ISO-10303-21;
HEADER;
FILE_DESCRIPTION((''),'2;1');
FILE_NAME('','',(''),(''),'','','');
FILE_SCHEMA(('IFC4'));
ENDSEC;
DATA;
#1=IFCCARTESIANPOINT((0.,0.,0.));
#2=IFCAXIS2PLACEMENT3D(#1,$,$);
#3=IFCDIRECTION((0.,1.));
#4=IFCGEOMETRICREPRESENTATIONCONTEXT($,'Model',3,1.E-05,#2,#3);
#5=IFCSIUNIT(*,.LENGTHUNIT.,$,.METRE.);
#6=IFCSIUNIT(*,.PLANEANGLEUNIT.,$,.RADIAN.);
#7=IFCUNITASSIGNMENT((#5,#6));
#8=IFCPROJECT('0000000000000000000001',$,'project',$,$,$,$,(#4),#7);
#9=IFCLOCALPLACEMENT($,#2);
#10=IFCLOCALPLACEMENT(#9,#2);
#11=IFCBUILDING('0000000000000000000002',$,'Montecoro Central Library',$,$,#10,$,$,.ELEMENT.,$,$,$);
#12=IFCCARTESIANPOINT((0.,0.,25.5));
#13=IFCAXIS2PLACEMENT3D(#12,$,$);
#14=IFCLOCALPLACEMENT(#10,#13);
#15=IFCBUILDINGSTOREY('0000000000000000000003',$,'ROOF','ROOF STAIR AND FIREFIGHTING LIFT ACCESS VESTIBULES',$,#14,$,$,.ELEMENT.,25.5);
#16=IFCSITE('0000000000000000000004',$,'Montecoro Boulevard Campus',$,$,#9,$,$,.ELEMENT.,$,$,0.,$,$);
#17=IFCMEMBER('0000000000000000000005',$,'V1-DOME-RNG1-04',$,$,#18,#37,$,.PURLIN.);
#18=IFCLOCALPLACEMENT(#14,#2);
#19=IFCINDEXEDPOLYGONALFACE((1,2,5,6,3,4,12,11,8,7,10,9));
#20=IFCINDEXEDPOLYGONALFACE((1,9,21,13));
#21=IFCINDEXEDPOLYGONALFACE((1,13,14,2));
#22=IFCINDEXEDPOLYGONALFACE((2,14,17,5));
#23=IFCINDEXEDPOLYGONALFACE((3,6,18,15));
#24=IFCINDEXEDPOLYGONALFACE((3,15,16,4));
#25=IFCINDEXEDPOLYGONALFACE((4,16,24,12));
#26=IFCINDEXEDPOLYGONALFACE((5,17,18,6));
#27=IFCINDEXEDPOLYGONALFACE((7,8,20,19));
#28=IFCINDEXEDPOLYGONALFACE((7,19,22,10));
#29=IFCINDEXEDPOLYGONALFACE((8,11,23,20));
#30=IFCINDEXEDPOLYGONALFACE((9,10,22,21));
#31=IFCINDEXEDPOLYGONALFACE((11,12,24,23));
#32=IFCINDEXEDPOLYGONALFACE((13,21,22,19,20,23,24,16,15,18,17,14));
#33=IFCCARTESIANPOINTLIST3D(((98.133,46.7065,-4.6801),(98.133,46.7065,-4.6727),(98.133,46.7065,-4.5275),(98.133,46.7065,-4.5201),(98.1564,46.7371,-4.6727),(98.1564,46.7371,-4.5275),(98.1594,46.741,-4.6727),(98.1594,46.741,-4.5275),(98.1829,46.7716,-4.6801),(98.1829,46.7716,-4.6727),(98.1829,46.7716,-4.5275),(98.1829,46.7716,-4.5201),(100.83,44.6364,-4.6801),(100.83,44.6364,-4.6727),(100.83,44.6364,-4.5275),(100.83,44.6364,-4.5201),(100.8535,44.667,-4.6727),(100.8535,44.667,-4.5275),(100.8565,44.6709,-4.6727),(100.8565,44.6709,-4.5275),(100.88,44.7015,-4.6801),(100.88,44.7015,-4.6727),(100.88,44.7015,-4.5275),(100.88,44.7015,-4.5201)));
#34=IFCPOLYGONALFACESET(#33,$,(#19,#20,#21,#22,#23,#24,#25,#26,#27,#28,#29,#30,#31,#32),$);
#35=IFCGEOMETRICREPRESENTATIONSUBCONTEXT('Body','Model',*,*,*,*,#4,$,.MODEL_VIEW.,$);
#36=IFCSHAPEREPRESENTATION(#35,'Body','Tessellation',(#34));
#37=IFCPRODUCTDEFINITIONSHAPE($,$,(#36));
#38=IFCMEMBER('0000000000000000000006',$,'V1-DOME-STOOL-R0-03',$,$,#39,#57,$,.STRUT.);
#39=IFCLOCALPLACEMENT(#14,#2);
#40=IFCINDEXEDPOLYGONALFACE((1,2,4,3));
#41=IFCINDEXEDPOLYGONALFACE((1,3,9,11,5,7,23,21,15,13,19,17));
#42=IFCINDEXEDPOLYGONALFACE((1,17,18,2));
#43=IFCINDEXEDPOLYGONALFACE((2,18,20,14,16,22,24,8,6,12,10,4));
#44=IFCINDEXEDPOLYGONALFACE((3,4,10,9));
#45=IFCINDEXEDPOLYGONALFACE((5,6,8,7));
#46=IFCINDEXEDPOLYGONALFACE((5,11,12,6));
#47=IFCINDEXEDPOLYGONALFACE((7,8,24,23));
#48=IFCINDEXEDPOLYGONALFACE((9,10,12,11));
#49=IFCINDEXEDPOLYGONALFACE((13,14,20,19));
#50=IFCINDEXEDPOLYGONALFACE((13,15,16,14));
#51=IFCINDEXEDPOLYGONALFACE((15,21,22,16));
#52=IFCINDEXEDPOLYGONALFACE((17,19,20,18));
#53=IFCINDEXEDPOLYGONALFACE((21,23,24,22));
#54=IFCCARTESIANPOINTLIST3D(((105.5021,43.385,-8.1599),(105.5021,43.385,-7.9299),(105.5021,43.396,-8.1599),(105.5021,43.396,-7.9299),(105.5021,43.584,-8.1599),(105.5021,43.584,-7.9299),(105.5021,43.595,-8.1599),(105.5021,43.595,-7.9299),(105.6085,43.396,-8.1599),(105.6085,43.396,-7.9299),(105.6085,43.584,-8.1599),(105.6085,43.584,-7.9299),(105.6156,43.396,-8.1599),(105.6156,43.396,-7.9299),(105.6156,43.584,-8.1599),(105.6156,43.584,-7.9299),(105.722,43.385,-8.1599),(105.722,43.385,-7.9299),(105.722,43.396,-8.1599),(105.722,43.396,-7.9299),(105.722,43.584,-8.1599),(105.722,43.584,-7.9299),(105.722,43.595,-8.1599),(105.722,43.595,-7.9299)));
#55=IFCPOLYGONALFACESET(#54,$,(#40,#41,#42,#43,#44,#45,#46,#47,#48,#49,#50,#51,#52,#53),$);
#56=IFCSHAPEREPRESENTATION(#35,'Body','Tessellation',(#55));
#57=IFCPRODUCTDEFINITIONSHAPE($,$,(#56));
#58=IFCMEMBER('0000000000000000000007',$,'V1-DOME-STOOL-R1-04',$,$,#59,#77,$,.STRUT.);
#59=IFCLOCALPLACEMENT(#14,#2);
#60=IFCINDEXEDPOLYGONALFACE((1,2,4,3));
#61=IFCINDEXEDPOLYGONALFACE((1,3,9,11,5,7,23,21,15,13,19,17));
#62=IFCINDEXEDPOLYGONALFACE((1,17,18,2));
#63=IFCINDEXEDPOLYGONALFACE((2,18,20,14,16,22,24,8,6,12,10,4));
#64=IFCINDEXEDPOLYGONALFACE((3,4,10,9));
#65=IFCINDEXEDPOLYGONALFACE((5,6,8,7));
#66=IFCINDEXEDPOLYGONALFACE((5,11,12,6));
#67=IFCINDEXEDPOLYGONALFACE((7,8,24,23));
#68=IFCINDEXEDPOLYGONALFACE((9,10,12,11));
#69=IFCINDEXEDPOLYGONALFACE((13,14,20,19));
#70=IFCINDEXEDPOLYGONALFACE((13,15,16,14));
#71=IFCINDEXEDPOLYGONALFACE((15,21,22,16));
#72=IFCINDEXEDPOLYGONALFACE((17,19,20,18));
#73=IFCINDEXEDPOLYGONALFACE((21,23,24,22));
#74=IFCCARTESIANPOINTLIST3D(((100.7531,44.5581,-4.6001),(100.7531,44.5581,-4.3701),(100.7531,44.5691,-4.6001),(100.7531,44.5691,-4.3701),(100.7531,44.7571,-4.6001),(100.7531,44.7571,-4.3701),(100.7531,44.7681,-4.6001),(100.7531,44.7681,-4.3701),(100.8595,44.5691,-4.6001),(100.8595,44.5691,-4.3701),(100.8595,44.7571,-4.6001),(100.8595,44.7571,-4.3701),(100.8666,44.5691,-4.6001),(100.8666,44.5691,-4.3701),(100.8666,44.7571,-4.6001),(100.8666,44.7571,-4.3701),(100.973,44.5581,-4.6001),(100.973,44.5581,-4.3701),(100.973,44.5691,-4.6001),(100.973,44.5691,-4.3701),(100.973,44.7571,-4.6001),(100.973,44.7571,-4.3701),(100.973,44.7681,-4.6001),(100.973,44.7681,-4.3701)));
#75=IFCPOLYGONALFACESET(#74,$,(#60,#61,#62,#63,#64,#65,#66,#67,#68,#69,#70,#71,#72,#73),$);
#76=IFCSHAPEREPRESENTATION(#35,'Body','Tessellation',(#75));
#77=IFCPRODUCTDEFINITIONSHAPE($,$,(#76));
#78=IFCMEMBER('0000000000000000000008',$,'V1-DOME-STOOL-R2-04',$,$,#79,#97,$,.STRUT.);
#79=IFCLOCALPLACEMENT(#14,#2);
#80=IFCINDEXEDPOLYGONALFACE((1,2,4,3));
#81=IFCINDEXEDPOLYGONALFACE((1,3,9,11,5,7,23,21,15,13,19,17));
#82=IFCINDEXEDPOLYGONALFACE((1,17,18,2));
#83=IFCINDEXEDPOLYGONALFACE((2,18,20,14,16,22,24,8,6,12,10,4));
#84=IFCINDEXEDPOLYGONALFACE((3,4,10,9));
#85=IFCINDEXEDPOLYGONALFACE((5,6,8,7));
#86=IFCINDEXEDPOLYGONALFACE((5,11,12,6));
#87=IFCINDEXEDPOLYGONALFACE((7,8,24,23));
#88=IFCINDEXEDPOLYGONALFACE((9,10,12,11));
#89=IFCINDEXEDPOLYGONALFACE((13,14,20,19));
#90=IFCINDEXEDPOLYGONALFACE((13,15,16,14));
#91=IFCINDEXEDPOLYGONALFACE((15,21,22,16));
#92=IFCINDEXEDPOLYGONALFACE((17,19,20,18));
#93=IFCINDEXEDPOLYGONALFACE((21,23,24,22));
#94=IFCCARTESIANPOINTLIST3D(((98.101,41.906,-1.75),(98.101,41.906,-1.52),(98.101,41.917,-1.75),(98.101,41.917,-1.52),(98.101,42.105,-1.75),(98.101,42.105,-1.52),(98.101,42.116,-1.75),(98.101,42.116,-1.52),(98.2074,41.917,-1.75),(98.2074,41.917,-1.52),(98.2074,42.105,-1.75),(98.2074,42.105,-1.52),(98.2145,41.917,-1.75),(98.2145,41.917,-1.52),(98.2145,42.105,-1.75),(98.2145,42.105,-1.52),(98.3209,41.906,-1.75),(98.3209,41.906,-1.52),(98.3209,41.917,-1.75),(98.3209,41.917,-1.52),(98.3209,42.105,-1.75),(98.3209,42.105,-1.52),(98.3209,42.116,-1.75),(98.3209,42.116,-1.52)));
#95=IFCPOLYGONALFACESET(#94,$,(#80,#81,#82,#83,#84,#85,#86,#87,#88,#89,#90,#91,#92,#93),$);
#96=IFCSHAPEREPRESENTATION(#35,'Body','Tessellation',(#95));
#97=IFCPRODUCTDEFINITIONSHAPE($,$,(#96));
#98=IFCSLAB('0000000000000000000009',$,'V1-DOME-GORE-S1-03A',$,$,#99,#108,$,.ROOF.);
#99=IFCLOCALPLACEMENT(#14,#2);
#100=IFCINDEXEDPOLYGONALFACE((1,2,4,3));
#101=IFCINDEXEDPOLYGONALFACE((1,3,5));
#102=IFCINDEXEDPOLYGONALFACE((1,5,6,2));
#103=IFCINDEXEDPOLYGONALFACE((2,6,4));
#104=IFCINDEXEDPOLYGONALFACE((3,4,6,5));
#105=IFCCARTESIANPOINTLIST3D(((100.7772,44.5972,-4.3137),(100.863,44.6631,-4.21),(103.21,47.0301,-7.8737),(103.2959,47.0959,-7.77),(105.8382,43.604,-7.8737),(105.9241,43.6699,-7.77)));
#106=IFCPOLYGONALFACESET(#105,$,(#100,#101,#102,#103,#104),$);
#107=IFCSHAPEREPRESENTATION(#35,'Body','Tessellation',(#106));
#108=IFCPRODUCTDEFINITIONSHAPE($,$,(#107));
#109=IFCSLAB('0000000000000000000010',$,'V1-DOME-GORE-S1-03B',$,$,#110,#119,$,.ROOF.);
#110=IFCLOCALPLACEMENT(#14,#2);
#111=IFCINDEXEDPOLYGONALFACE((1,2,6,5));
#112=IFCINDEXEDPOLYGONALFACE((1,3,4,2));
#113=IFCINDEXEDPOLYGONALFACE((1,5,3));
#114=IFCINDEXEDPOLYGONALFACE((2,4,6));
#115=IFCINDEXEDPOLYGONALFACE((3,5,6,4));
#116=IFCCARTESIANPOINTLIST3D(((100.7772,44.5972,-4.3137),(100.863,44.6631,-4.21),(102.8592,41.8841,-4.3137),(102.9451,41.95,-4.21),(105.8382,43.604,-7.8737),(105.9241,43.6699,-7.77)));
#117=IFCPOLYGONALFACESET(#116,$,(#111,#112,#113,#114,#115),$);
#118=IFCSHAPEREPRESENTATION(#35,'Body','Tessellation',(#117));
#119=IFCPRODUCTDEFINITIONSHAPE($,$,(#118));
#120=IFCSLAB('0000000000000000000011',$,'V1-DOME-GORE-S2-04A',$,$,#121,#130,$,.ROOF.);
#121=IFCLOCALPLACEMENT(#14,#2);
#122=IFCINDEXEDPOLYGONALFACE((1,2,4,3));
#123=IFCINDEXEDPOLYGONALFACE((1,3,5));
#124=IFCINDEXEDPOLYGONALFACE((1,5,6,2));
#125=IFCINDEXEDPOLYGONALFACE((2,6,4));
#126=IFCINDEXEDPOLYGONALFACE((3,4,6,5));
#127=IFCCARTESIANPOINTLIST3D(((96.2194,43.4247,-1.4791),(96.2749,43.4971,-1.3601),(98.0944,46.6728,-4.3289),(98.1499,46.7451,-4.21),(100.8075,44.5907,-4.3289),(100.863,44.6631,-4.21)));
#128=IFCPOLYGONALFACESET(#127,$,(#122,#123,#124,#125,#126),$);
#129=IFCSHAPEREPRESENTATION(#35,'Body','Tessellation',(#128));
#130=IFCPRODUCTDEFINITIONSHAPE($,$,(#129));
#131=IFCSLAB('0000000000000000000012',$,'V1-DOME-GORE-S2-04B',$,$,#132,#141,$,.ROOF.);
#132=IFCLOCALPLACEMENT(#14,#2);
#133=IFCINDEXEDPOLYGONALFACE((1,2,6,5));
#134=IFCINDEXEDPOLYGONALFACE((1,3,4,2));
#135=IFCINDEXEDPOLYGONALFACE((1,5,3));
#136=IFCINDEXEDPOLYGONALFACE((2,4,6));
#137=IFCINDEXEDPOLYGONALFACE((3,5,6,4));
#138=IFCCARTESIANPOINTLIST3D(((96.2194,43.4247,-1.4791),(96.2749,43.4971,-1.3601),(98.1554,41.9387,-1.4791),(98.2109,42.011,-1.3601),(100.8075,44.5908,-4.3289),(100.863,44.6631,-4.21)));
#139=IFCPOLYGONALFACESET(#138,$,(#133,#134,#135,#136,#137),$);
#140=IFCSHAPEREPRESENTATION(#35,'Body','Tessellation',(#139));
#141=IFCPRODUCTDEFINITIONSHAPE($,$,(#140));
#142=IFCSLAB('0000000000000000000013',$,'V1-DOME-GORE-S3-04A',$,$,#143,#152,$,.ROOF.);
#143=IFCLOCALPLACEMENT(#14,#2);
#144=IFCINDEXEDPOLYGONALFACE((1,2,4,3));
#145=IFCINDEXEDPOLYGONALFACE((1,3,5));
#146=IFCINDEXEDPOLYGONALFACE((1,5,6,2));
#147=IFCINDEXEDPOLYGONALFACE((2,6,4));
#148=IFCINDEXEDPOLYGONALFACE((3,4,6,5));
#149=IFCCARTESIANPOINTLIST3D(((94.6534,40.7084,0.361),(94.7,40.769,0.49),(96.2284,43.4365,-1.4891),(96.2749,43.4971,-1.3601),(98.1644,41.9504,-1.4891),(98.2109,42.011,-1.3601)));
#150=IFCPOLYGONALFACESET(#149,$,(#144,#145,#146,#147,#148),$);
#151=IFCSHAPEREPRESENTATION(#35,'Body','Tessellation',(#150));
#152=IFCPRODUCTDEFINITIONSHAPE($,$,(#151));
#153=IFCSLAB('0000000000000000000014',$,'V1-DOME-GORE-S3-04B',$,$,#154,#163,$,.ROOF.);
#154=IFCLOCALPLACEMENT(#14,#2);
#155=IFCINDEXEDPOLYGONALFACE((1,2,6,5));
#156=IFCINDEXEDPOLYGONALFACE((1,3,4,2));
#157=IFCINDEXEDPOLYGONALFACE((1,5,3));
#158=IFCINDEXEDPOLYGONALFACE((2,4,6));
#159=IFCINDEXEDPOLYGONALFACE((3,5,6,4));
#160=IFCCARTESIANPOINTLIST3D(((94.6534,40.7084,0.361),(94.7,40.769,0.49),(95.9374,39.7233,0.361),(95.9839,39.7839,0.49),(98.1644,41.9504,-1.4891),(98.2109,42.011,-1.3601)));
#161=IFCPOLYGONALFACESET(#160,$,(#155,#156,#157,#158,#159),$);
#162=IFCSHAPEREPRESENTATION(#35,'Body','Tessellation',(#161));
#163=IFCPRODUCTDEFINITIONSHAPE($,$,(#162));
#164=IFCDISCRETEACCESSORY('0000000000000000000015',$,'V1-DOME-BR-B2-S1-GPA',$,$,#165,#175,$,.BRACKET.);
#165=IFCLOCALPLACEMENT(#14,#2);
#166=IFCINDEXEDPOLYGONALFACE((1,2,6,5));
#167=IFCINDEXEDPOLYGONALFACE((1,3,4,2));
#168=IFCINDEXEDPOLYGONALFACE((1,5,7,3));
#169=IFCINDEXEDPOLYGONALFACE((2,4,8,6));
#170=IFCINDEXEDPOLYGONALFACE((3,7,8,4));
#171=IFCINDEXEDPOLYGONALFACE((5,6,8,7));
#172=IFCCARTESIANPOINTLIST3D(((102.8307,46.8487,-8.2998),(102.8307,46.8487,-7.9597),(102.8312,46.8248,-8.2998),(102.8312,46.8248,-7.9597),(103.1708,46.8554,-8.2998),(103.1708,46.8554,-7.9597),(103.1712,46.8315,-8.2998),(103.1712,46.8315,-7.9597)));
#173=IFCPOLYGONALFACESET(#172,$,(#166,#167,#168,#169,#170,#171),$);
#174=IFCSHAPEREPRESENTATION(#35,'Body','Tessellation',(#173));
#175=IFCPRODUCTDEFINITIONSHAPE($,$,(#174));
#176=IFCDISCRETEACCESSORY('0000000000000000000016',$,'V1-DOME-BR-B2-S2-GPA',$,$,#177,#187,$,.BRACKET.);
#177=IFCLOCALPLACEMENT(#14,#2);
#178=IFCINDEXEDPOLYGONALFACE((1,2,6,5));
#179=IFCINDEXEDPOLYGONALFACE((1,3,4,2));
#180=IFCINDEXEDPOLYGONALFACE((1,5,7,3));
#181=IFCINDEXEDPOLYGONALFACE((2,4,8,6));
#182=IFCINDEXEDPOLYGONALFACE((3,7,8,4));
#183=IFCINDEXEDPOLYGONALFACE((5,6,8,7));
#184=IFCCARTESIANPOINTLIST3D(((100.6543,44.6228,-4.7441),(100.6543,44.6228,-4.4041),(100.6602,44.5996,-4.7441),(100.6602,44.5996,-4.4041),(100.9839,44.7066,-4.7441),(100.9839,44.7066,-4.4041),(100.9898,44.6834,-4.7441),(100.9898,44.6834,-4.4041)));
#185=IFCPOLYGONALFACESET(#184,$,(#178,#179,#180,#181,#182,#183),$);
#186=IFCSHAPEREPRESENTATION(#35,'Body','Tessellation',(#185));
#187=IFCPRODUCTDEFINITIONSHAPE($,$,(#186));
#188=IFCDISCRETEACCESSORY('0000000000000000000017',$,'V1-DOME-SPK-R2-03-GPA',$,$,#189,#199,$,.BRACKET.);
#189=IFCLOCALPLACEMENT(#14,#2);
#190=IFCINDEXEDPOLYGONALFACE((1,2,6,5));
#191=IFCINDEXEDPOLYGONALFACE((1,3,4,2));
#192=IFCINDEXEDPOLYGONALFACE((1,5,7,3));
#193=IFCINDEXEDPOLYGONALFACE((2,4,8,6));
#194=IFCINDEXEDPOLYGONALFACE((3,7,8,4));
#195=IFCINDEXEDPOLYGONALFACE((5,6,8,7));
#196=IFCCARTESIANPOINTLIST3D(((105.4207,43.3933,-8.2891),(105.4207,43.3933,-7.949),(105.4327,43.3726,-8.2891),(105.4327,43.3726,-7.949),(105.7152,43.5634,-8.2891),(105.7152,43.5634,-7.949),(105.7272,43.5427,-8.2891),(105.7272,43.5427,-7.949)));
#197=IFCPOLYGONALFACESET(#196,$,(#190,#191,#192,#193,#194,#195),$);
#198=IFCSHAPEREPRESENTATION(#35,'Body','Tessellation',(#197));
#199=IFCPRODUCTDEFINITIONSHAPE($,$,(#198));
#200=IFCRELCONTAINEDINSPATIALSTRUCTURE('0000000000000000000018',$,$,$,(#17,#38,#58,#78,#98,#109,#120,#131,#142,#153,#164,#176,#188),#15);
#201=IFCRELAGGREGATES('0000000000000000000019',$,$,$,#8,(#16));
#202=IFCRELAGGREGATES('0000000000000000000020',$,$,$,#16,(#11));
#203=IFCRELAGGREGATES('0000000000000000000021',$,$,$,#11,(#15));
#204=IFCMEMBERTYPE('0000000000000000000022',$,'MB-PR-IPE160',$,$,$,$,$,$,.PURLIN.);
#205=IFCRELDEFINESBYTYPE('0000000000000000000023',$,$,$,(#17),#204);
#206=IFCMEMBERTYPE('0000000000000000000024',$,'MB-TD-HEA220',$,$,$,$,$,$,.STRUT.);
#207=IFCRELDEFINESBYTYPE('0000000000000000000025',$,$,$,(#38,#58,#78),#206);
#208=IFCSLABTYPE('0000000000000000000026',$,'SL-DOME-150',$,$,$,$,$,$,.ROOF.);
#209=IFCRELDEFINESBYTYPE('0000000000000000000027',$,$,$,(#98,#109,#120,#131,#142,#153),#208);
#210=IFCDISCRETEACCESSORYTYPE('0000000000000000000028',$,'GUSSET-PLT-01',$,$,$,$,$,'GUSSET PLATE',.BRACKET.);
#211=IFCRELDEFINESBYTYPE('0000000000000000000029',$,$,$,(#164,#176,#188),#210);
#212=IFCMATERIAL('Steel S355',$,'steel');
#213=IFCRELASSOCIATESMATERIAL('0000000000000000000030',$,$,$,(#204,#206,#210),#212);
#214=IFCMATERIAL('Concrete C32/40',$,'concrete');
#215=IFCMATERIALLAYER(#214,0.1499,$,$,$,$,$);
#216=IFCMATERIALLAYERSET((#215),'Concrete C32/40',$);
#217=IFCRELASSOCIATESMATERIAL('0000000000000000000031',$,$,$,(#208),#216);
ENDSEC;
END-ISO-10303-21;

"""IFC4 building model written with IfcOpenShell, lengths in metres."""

from ifc_helpers import new_model, si_unit, direction, frame, origin, origin_2d, place, context, subcontext, project, spatial, polyline, rectangle, i_section, outline, extrude, material, layer, layer_set, material_profile, profile_set, type_object, element, save


model = new_model("IFC4")

# Units and contexts
model_context = context("Model", 3, precision=1e-05, world=origin(), true_north=direction((0.0, 1.0)))
body_context = subcontext(model_context, "Body", "Model", "MODEL_VIEW")
ifc_project = project(units=[si_unit("LENGTHUNIT", "METRE"), si_unit("PLANEANGLEUNIT", "RADIAN")], contexts=[model_context])

# Site, building, storey
site_placement = place(None, origin())
site = spatial("IfcSite", under=ifc_project, at=site_placement, Name="Montecoro Boulevard Campus", CompositionType="ELEMENT", RefElevation=0.0)
building_placement = place(site_placement, origin())
building = spatial("IfcBuilding", under=site, at=building_placement, Name="Montecoro Central Library", CompositionType="ELEMENT")
storey_placement = place(building_placement, frame((0.0, 0.0, 25.5)))
storey = spatial("IfcBuildingStorey", under=building, at=storey_placement, Name="ROOF", Description="ROOF STAIR AND FIREFIGHTING LIFT ACCESS VESTIBULES", CompositionType="ELEMENT", Elevation=25.5)

# Members
ifc_material_1 = material(Name="Steel S355", Category="steel")
ifc_material_profile_1 = material_profile(ifc_material_1, i_section(OverallWidth=0.082, OverallDepth=0.1599, WebThickness=0.0049, FlangeThickness=0.0073, at=origin_2d()), Name="IPE 160")
ifc_profile_set_1 = profile_set([ifc_material_profile_1], Name="Steel S355")
member_type_1 = type_object("IfcMemberType", Name="MB-PR-IPE160", PredefinedType="PURLIN", material=ifc_profile_set_1)
for number, where, z_axis, x_axis, name in (
    (1, (100.855, 44.6689, -4.6001), (-0.793272, 0.608867, 0.0), (-0.608867, -0.793272, 0.0), "V1-DOME-RNG1-04"),
):
    element("IfcMember", number, at=place(storey_placement, frame(where, z_axis=z_axis, x_axis=x_axis)), inside=storey, type_object=member_type_1, Name=name, PredefinedType="PURLIN", context=body_context, shape_type="SweptSolid", body=[
        extrude(i_section(OverallWidth=0.082, OverallDepth=0.1599, WebThickness=0.0049, FlangeThickness=0.0073, at=origin_2d()), origin(), (0.0, 0.0, 1.0), 3.3999),
    ])
ifc_material_profile_2 = material_profile(ifc_material_1, i_section(OverallWidth=0.22, OverallDepth=0.21, WebThickness=0.0071, FlangeThickness=0.011, at=origin_2d()), Name="HEA 220")
ifc_profile_set_2 = profile_set([ifc_material_profile_2], Name="Steel S355")
member_type_2 = type_object("IfcMemberType", Name="MB-TD-HEA220", PredefinedType="STRUT", material=ifc_profile_set_2)
for number, where, z_axis, x_axis, name in (
    (2, (105.6121, 43.49, -8.1599), (0.0, 0.0, 1.0), (1.0, 0.0, 0.0), "V1-DOME-STOOL-R0-03"),
    (3, (100.863, 44.6631, -4.6001), (0.0, 0.0, 1.0), (1.0, 0.0, 0.0), "V1-DOME-STOOL-R1-04"),
    (4, (98.2109, 42.011, -1.75), (0.0, 0.0, 1.0), (1.0, 0.0, 0.0), "V1-DOME-STOOL-R2-04"),
):
    element("IfcMember", number, at=place(storey_placement, frame(where, z_axis=z_axis, x_axis=x_axis)), inside=storey, type_object=member_type_2, Name=name, PredefinedType="STRUT", context=body_context, shape_type="SweptSolid", body=[
        extrude(i_section(OverallWidth=0.22, OverallDepth=0.21, WebThickness=0.0071, FlangeThickness=0.011, at=origin_2d()), origin(), (0.0, 0.0, 1.0), 0.23),
    ])

# Slabs
ifc_material_2 = material(Name="Concrete C32/40", Category="concrete")
ifc_layer = layer(ifc_material_2, 0.1499)
ifc_layer_set = layer_set([ifc_layer], Name="Concrete C32/40")
slab_type = type_object("IfcSlabType", Name="SL-DOME-150", PredefinedType="ROOF", material=ifc_layer_set)
slab_1_placement = place(storey_placement, frame((105.9241, 43.6699, -7.77), z_axis=(0.5729, 0.439483, 0.691839), x_axis=(-0.608658, 0.793433, 0.0)))
element("IfcSlab", 5, at=slab_1_placement, inside=storey, type_object=slab_type, Name="V1-DOME-GORE-S1-03A", PredefinedType="ROOF", context=body_context, shape_type="SweptSolid", body=[
    extrude(outline(polyline([(0.0, 0.0), (4.318, 0.0), (3.8684, 4.9305), (0.0, 0.0)])), origin(), (0.0, 0.0, -1.0), 0.1499),
])
slab_2_placement = place(storey_placement, frame((105.9241, 43.6699, -7.77), z_axis=(0.572878, 0.43962, 0.691769), x_axis=(-0.807577, 0.158477, 0.56807)))
element("IfcSlab", 6, at=slab_2_placement, inside=storey, type_object=slab_type, Name="V1-DOME-GORE-S1-03B", PredefinedType="ROOF", context=body_context, shape_type="SweptSolid", body=[
    extrude(outline(polyline([(0.0, 0.0), (6.2669, 0.0), (4.1556, 2.6904), (0.0, 0.0)])), origin(), (0.0, 0.0, -1.0), 0.1499),
])
slab_3_placement = place(storey_placement, frame((100.863, 44.6631, -4.21), z_axis=(0.370342, 0.4826, 0.79369), x_axis=(-0.793329, 0.608793, 0.0)))
element("IfcSlab", 7, at=slab_3_placement, inside=storey, type_object=slab_type, Name="V1-DOME-GORE-S2-04A", PredefinedType="ROOF", context=body_context, shape_type="SweptSolid", body=[
    extrude(outline(polyline([(0.0, 0.0), (3.4199, 0.0), (2.93, 4.6848), (0.0, 0.0)])), origin(), (0.0, 0.0, -1.0), 0.1499),
])
slab_4_placement = place(storey_placement, frame((100.863, 44.6631, -4.21), z_axis=(0.37038, 0.482523, 0.793719), x_axis=(-0.830342, -0.211021, 0.515755)))
element("IfcSlab", 8, at=slab_4_placement, inside=storey, type_object=slab_type, Name="V1-DOME-GORE-S2-04B", PredefinedType="ROOF", context=body_context, shape_type="SweptSolid", body=[
    extrude(outline(polyline([(0.0, 0.0), (5.5256, 0.0), (4.2316, 2.0694), (0.0, 0.0)])), origin(), (0.0, 0.0, -1.0), 0.1499),
])
slab_5_placement = place(storey_placement, frame((98.2109, 42.011, -1.3601), z_axis=(0.310345, 0.404311, 0.86036), x_axis=(-0.793252, 0.608893, 0.0)))
element("IfcSlab", 9, at=slab_5_placement, inside=storey, type_object=slab_type, Name="V1-DOME-GORE-S3-04A", PredefinedType="ROOF", context=body_context, shape_type="SweptSolid", body=[
    extrude(outline(polyline([(0.0, 0.0), (2.4406, 0.0), (2.0289, 3.6299), (0.0, 0.0)])), origin(), (0.0, 0.0, -1.0), 0.1499),
])
slab_6_placement = place(storey_placement, frame((98.2109, 42.011, -1.3601), z_axis=(0.310292, 0.404417, 0.860329), x_axis=(-0.844311, -0.298659, 0.444906)))
element("IfcSlab", 10, at=slab_6_placement, inside=storey, type_object=slab_type, Name="V1-DOME-GORE-S3-04B", PredefinedType="ROOF", context=body_context, shape_type="SweptSolid", body=[
    extrude(outline(polyline([(0.0, 0.0), (4.1584, 0.0), (3.3686, 1.4125), (0.0, 0.0)])), origin(), (0.0, 0.0, -1.0), 0.1499),
])

# Discrete accessories
discrete_accessory_type = type_object("IfcDiscreteAccessoryType", Name="GUSSET-PLT-01", ElementType="GUSSET PLATE", PredefinedType="BRACKET", material=ifc_material_1)
for number, where, z_axis, x_axis, name in (
    (11, (103.001, 46.8401, -8.2998), (0.0, 0.0, 1.0), (-0.999806, -0.019721, 0.0), "V1-DOME-BR-B2-S1-GPA"),
    (12, (100.822, 44.6531, -4.7441), (0.0, 0.0, 1.0), (-0.969188, -0.246322, 0.0), "V1-DOME-BR-B2-S2-GPA"),
    (13, (105.574, 43.468, -8.2891), (0.0, 0.0, 1.0), (-0.865938, -0.500151, 0.0), "V1-DOME-SPK-R2-03-GPA"),
):
    element("IfcDiscreteAccessory", number, at=place(storey_placement, frame(where, z_axis=z_axis, x_axis=x_axis)), inside=storey, type_object=discrete_accessory_type, Name=name, PredefinedType="BRACKET", context=body_context, shape_type="SweptSolid", body=[
        extrude(rectangle(XDim=0.3401, YDim=0.0239, at=origin_2d()), origin(), (0.0, 0.0, 1.0), 0.3401),
    ])

save(model, "model.ifc")
